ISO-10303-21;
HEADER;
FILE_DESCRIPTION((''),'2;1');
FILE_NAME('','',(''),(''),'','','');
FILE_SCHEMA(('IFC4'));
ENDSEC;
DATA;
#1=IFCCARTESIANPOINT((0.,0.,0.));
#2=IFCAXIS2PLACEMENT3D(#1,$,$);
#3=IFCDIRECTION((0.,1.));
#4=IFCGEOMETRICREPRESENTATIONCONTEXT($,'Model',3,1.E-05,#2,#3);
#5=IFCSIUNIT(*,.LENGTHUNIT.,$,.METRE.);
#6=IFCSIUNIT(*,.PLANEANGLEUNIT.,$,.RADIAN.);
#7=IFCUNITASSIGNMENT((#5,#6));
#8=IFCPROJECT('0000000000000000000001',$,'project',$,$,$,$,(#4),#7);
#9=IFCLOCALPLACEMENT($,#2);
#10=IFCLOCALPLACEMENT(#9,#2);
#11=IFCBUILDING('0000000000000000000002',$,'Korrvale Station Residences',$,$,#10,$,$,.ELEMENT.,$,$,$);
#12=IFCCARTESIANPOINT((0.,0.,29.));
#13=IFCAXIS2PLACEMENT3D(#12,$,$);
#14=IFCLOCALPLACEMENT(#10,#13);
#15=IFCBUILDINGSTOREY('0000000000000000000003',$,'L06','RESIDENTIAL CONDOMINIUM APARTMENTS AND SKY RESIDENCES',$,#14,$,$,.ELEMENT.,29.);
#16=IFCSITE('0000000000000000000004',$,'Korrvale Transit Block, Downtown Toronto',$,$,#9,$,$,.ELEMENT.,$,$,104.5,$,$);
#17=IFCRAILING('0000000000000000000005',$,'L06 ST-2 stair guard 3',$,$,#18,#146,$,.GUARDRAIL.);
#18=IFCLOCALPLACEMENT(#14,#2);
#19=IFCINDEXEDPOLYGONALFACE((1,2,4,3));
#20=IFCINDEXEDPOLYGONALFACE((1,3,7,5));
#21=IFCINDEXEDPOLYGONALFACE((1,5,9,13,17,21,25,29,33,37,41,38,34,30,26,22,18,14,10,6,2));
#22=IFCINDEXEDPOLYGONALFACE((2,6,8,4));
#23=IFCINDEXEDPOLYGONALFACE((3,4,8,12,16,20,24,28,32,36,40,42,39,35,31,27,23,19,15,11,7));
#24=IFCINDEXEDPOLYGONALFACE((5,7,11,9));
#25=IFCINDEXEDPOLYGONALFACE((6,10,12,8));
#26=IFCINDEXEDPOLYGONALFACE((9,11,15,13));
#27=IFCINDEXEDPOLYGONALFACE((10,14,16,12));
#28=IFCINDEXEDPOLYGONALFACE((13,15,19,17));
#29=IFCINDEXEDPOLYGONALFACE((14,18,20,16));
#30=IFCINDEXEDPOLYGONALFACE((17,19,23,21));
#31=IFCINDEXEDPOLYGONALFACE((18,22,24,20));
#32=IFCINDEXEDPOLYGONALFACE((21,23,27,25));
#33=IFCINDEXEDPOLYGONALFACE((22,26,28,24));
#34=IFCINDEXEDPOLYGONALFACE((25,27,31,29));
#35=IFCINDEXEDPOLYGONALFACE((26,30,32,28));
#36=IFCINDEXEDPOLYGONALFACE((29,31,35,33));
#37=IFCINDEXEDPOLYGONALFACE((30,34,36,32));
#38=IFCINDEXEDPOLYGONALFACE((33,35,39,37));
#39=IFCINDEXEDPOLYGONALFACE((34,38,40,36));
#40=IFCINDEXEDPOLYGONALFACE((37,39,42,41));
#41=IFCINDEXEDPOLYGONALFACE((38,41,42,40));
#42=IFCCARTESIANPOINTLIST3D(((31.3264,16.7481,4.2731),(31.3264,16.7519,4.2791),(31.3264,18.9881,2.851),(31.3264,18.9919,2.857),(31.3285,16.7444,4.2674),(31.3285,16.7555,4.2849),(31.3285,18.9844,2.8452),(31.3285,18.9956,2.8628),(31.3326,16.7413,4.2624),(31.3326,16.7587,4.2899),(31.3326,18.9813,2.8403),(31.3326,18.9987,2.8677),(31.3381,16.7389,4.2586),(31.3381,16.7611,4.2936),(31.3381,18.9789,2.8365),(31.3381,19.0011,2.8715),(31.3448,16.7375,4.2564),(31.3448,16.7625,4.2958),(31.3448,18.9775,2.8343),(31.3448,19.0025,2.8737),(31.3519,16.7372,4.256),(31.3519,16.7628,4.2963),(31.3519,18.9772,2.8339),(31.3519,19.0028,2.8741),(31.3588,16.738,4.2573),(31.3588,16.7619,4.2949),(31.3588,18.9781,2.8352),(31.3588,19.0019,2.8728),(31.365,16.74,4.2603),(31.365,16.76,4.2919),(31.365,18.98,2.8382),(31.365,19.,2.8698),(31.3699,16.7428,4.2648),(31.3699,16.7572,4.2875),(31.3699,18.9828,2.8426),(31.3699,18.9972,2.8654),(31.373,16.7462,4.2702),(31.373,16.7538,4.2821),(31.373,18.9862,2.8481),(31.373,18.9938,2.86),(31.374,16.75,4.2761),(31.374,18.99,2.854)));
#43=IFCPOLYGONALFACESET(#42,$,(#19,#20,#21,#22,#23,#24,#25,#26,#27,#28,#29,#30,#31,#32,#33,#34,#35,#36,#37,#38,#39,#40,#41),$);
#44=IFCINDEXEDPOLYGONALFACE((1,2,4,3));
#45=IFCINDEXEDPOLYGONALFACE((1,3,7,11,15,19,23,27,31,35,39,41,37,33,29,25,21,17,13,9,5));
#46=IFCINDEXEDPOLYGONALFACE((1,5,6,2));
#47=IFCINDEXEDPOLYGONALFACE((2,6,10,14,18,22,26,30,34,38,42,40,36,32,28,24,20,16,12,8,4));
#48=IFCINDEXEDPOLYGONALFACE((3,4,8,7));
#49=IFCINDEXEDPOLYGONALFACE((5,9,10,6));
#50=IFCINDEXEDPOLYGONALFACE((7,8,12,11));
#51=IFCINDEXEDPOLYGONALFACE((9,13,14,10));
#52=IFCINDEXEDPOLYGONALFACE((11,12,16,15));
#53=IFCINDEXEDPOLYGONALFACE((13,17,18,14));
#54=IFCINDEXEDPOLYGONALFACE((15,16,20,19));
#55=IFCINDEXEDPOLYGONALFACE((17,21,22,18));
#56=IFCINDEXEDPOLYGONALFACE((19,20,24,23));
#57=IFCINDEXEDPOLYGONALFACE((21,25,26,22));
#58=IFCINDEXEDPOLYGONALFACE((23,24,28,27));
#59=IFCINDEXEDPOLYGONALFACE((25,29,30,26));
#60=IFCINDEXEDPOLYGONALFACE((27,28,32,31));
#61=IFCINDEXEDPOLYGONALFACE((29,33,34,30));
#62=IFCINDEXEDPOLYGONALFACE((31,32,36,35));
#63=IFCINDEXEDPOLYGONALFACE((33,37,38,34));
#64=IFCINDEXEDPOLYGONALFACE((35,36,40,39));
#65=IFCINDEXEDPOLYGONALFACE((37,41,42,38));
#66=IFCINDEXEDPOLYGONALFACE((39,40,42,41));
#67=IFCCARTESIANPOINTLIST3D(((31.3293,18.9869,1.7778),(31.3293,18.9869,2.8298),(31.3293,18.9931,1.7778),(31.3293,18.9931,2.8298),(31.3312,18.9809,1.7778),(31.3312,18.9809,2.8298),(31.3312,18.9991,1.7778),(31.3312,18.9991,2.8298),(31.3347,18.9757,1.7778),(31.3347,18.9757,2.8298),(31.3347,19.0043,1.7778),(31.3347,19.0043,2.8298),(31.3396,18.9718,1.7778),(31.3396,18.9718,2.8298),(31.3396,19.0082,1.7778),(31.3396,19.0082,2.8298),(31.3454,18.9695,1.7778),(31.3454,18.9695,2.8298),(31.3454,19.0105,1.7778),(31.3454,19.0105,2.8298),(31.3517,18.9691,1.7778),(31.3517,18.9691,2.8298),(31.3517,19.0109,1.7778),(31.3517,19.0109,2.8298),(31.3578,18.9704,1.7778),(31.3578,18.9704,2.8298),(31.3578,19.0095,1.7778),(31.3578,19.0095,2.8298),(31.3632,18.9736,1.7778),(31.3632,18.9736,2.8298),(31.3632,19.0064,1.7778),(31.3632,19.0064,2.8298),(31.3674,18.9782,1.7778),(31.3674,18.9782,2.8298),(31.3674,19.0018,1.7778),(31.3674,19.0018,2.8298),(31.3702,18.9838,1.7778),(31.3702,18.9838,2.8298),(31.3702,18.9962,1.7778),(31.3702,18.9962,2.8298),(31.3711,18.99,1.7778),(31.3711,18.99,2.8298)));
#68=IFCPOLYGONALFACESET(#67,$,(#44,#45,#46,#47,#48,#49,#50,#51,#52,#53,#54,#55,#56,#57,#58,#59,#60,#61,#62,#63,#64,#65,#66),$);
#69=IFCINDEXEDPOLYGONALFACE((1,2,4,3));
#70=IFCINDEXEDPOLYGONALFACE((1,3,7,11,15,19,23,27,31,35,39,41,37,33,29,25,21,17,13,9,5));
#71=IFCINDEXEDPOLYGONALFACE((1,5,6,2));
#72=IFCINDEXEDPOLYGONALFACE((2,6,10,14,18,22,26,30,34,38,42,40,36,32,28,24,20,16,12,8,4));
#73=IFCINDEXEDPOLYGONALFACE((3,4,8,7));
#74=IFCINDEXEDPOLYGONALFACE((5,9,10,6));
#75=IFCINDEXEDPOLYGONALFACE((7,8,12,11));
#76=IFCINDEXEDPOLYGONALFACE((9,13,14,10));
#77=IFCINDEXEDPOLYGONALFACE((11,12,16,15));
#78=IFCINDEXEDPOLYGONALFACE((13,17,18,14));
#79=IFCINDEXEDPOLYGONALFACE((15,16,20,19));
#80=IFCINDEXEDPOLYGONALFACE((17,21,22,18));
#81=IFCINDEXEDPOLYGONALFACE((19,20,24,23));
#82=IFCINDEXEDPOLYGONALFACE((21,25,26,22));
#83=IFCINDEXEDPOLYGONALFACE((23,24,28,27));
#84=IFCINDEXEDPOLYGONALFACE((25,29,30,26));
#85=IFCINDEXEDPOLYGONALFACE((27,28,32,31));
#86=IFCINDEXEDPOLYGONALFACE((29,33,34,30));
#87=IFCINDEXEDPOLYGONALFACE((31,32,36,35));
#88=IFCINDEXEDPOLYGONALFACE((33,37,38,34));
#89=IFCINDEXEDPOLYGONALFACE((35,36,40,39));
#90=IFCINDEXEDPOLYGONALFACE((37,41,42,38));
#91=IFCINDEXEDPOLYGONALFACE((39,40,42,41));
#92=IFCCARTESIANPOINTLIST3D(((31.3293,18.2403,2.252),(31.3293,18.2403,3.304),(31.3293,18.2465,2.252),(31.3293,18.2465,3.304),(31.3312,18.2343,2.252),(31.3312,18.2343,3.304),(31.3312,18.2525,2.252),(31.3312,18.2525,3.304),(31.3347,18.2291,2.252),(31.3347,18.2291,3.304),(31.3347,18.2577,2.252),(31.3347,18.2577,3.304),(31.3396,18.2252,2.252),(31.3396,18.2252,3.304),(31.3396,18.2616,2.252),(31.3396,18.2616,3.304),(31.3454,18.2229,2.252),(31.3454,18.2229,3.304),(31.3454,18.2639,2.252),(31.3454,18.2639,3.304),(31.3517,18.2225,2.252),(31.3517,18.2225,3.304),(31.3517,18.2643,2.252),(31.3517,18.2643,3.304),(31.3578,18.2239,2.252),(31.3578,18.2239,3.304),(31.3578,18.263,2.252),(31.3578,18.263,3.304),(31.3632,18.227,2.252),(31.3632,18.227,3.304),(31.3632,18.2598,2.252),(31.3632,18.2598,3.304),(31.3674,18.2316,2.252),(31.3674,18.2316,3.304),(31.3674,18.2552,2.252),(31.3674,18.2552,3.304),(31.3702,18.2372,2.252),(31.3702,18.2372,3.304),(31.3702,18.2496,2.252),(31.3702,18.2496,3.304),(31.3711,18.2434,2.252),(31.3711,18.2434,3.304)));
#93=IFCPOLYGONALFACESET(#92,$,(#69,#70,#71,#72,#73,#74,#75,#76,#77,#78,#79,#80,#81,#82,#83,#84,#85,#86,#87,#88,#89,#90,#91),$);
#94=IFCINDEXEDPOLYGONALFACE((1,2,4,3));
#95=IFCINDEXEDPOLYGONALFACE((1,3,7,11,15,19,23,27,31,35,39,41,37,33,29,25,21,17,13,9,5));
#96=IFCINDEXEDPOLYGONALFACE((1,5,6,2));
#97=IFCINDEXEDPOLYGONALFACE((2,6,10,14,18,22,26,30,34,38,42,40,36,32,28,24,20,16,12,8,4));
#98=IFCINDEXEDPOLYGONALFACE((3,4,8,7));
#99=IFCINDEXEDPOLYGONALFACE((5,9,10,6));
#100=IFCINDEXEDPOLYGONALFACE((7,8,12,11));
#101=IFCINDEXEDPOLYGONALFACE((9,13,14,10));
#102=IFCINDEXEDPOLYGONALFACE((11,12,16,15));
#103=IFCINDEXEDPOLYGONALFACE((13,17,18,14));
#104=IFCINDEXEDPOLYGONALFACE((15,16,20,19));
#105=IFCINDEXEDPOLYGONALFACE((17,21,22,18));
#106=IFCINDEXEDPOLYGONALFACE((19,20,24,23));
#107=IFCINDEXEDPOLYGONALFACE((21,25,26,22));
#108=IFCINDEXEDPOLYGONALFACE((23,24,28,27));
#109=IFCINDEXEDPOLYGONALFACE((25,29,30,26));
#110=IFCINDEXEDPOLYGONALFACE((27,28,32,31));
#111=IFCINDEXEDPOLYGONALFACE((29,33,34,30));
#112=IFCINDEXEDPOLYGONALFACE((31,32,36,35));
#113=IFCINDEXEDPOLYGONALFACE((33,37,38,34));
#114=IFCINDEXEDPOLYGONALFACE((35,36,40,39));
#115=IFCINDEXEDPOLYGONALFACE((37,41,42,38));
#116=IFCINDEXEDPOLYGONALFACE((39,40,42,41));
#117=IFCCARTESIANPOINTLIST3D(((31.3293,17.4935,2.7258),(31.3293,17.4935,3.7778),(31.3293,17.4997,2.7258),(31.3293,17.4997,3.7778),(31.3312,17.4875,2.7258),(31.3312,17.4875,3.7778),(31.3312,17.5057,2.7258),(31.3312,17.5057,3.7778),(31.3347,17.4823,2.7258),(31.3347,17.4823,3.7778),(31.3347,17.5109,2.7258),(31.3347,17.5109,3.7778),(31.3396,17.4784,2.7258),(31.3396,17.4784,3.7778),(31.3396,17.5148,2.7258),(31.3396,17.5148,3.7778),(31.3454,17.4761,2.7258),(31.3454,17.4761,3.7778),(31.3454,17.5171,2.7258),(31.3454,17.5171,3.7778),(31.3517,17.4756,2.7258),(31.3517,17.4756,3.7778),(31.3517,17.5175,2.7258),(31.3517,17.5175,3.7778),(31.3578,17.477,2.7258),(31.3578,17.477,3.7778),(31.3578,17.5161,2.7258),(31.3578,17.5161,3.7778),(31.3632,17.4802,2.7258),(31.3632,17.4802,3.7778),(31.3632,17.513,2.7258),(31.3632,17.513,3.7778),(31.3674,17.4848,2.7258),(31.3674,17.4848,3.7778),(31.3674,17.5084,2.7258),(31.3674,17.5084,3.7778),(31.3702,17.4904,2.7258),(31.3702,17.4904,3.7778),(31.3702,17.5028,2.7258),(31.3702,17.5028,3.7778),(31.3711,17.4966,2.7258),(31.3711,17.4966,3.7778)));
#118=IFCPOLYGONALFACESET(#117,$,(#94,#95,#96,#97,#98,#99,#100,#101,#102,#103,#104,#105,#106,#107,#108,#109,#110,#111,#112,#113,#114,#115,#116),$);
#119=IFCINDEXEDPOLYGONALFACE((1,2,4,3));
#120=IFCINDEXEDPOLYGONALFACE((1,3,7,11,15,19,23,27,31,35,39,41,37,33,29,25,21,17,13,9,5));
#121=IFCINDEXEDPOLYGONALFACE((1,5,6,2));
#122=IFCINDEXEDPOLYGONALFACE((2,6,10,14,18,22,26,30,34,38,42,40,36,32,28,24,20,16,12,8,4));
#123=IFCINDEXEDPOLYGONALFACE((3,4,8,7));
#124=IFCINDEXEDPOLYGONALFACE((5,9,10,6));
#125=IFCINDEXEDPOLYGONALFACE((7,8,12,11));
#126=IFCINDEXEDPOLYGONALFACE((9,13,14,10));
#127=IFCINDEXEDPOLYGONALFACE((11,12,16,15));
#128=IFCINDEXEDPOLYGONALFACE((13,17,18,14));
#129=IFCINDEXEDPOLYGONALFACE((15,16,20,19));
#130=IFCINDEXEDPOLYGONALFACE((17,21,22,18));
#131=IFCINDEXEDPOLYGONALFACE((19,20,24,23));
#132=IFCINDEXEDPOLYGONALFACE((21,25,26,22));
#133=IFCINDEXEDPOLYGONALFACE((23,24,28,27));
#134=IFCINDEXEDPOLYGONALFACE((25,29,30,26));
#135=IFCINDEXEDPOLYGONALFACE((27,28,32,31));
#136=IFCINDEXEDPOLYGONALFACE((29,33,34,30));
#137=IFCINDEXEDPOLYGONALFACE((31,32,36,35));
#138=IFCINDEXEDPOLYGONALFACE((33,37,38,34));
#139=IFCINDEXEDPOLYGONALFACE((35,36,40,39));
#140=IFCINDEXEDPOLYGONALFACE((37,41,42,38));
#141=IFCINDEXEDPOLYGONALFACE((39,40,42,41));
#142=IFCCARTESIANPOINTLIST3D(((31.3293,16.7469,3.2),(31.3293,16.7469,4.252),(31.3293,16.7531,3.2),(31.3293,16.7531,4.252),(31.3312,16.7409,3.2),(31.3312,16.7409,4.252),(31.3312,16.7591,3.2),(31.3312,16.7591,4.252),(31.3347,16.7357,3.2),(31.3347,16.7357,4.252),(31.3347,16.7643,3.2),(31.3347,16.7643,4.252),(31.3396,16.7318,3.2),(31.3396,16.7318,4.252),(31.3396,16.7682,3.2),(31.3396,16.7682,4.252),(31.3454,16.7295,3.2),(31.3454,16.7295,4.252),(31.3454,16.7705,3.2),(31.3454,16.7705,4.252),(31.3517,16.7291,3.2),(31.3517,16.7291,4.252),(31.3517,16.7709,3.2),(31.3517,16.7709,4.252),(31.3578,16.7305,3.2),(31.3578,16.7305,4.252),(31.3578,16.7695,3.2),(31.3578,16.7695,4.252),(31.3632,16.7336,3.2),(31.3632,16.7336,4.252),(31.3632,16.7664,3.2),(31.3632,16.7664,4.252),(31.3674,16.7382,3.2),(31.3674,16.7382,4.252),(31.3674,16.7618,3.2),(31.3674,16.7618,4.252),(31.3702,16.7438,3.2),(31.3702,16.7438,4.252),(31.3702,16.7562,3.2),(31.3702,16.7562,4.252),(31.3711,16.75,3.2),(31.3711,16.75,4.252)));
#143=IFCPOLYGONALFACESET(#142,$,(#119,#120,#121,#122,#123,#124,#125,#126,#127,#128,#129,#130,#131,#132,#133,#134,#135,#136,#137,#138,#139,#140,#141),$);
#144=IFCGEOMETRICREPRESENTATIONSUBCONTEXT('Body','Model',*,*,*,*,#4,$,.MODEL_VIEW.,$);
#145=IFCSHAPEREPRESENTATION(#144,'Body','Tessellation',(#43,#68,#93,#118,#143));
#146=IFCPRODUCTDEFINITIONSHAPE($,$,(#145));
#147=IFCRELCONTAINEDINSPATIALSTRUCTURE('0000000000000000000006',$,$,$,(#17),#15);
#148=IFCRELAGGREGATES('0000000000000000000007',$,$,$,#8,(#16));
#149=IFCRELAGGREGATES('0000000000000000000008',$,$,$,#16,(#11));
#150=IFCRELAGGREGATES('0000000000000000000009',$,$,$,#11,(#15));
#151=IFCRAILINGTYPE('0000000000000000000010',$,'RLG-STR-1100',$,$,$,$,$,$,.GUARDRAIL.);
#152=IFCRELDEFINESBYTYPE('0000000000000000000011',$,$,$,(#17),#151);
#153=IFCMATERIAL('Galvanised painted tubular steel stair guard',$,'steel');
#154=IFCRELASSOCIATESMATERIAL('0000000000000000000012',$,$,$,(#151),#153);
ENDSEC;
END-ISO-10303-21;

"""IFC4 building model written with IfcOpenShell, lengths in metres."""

from ifc_helpers import new_model, si_unit, direction, frame, origin, origin_2d, place, context, subcontext, project, spatial, circle, extrude, material, type_object, element, save


model = new_model("IFC4")

# Units and contexts
model_context = context("Model", 3, precision=1e-05, world=origin(), true_north=direction((0.0, 1.0)))
body_context = subcontext(model_context, "Body", "Model", "MODEL_VIEW")
ifc_project = project(units=[si_unit("LENGTHUNIT", "METRE"), si_unit("PLANEANGLEUNIT", "RADIAN")], contexts=[model_context])

# Site, building, storey
site_placement = place(None, origin())
site = spatial("IfcSite", under=ifc_project, at=site_placement, Name="Korrvale Transit Block, Downtown Toronto", CompositionType="ELEMENT", RefElevation=104.5)
building_placement = place(site_placement, origin())
building = spatial("IfcBuilding", under=site, at=building_placement, Name="Korrvale Station Residences", CompositionType="ELEMENT")
storey_placement = place(building_placement, frame((0.0, 0.0, 29.0)))
storey = spatial("IfcBuildingStorey", under=building, at=storey_placement, Name="L06", Description="RESIDENTIAL CONDOMINIUM APARTMENTS AND SKY RESIDENCES", CompositionType="ELEMENT", Elevation=29.0)

# Railing
ifc_material_1 = material(Name="Galvanised painted tubular steel stair guard", Category="steel")
railing_type_1 = type_object("IfcRailingType", Name="RLG-STR-1100", PredefinedType="GUARDRAIL", material=ifc_material_1)
railing_1_placement = place(storey_placement, frame((31.3501, 18.99, 1.7778)))
element("IfcRailing", 1, at=railing_1_placement, inside=storey, type_object=railing_type_1, Name="L06 ST-2 stair guard 3", PredefinedType="GUARDRAIL", context=body_context, shape_type="SweptSolid", body=[
    extrude(circle(Radius=0.0239, at=origin_2d()), frame((0.0, 0.0, 1.0762), z_axis=(0.0, -0.844229, 0.535982), x_axis=(1.0, 0.0, 0.0)), (0.0, 0.0, 1.0), 2.6533),
    extrude(circle(Radius=0.021, at=origin_2d()), origin(), (0.0, 0.0, 1.0), 1.052),
    extrude(circle(Radius=0.021, at=origin_2d()), frame((0.0, -0.7466, 0.4741)), (0.0, 0.0, 1.0), 1.052),
    extrude(circle(Radius=0.021, at=origin_2d()), frame((0.0, -1.4934, 0.948)), (0.0, 0.0, 1.0), 1.052),
    extrude(circle(Radius=0.021, at=origin_2d()), frame((0.0, -2.24, 1.4221)), (0.0, 0.0, 1.0), 1.052),
])

save(model, "model.ifc")
